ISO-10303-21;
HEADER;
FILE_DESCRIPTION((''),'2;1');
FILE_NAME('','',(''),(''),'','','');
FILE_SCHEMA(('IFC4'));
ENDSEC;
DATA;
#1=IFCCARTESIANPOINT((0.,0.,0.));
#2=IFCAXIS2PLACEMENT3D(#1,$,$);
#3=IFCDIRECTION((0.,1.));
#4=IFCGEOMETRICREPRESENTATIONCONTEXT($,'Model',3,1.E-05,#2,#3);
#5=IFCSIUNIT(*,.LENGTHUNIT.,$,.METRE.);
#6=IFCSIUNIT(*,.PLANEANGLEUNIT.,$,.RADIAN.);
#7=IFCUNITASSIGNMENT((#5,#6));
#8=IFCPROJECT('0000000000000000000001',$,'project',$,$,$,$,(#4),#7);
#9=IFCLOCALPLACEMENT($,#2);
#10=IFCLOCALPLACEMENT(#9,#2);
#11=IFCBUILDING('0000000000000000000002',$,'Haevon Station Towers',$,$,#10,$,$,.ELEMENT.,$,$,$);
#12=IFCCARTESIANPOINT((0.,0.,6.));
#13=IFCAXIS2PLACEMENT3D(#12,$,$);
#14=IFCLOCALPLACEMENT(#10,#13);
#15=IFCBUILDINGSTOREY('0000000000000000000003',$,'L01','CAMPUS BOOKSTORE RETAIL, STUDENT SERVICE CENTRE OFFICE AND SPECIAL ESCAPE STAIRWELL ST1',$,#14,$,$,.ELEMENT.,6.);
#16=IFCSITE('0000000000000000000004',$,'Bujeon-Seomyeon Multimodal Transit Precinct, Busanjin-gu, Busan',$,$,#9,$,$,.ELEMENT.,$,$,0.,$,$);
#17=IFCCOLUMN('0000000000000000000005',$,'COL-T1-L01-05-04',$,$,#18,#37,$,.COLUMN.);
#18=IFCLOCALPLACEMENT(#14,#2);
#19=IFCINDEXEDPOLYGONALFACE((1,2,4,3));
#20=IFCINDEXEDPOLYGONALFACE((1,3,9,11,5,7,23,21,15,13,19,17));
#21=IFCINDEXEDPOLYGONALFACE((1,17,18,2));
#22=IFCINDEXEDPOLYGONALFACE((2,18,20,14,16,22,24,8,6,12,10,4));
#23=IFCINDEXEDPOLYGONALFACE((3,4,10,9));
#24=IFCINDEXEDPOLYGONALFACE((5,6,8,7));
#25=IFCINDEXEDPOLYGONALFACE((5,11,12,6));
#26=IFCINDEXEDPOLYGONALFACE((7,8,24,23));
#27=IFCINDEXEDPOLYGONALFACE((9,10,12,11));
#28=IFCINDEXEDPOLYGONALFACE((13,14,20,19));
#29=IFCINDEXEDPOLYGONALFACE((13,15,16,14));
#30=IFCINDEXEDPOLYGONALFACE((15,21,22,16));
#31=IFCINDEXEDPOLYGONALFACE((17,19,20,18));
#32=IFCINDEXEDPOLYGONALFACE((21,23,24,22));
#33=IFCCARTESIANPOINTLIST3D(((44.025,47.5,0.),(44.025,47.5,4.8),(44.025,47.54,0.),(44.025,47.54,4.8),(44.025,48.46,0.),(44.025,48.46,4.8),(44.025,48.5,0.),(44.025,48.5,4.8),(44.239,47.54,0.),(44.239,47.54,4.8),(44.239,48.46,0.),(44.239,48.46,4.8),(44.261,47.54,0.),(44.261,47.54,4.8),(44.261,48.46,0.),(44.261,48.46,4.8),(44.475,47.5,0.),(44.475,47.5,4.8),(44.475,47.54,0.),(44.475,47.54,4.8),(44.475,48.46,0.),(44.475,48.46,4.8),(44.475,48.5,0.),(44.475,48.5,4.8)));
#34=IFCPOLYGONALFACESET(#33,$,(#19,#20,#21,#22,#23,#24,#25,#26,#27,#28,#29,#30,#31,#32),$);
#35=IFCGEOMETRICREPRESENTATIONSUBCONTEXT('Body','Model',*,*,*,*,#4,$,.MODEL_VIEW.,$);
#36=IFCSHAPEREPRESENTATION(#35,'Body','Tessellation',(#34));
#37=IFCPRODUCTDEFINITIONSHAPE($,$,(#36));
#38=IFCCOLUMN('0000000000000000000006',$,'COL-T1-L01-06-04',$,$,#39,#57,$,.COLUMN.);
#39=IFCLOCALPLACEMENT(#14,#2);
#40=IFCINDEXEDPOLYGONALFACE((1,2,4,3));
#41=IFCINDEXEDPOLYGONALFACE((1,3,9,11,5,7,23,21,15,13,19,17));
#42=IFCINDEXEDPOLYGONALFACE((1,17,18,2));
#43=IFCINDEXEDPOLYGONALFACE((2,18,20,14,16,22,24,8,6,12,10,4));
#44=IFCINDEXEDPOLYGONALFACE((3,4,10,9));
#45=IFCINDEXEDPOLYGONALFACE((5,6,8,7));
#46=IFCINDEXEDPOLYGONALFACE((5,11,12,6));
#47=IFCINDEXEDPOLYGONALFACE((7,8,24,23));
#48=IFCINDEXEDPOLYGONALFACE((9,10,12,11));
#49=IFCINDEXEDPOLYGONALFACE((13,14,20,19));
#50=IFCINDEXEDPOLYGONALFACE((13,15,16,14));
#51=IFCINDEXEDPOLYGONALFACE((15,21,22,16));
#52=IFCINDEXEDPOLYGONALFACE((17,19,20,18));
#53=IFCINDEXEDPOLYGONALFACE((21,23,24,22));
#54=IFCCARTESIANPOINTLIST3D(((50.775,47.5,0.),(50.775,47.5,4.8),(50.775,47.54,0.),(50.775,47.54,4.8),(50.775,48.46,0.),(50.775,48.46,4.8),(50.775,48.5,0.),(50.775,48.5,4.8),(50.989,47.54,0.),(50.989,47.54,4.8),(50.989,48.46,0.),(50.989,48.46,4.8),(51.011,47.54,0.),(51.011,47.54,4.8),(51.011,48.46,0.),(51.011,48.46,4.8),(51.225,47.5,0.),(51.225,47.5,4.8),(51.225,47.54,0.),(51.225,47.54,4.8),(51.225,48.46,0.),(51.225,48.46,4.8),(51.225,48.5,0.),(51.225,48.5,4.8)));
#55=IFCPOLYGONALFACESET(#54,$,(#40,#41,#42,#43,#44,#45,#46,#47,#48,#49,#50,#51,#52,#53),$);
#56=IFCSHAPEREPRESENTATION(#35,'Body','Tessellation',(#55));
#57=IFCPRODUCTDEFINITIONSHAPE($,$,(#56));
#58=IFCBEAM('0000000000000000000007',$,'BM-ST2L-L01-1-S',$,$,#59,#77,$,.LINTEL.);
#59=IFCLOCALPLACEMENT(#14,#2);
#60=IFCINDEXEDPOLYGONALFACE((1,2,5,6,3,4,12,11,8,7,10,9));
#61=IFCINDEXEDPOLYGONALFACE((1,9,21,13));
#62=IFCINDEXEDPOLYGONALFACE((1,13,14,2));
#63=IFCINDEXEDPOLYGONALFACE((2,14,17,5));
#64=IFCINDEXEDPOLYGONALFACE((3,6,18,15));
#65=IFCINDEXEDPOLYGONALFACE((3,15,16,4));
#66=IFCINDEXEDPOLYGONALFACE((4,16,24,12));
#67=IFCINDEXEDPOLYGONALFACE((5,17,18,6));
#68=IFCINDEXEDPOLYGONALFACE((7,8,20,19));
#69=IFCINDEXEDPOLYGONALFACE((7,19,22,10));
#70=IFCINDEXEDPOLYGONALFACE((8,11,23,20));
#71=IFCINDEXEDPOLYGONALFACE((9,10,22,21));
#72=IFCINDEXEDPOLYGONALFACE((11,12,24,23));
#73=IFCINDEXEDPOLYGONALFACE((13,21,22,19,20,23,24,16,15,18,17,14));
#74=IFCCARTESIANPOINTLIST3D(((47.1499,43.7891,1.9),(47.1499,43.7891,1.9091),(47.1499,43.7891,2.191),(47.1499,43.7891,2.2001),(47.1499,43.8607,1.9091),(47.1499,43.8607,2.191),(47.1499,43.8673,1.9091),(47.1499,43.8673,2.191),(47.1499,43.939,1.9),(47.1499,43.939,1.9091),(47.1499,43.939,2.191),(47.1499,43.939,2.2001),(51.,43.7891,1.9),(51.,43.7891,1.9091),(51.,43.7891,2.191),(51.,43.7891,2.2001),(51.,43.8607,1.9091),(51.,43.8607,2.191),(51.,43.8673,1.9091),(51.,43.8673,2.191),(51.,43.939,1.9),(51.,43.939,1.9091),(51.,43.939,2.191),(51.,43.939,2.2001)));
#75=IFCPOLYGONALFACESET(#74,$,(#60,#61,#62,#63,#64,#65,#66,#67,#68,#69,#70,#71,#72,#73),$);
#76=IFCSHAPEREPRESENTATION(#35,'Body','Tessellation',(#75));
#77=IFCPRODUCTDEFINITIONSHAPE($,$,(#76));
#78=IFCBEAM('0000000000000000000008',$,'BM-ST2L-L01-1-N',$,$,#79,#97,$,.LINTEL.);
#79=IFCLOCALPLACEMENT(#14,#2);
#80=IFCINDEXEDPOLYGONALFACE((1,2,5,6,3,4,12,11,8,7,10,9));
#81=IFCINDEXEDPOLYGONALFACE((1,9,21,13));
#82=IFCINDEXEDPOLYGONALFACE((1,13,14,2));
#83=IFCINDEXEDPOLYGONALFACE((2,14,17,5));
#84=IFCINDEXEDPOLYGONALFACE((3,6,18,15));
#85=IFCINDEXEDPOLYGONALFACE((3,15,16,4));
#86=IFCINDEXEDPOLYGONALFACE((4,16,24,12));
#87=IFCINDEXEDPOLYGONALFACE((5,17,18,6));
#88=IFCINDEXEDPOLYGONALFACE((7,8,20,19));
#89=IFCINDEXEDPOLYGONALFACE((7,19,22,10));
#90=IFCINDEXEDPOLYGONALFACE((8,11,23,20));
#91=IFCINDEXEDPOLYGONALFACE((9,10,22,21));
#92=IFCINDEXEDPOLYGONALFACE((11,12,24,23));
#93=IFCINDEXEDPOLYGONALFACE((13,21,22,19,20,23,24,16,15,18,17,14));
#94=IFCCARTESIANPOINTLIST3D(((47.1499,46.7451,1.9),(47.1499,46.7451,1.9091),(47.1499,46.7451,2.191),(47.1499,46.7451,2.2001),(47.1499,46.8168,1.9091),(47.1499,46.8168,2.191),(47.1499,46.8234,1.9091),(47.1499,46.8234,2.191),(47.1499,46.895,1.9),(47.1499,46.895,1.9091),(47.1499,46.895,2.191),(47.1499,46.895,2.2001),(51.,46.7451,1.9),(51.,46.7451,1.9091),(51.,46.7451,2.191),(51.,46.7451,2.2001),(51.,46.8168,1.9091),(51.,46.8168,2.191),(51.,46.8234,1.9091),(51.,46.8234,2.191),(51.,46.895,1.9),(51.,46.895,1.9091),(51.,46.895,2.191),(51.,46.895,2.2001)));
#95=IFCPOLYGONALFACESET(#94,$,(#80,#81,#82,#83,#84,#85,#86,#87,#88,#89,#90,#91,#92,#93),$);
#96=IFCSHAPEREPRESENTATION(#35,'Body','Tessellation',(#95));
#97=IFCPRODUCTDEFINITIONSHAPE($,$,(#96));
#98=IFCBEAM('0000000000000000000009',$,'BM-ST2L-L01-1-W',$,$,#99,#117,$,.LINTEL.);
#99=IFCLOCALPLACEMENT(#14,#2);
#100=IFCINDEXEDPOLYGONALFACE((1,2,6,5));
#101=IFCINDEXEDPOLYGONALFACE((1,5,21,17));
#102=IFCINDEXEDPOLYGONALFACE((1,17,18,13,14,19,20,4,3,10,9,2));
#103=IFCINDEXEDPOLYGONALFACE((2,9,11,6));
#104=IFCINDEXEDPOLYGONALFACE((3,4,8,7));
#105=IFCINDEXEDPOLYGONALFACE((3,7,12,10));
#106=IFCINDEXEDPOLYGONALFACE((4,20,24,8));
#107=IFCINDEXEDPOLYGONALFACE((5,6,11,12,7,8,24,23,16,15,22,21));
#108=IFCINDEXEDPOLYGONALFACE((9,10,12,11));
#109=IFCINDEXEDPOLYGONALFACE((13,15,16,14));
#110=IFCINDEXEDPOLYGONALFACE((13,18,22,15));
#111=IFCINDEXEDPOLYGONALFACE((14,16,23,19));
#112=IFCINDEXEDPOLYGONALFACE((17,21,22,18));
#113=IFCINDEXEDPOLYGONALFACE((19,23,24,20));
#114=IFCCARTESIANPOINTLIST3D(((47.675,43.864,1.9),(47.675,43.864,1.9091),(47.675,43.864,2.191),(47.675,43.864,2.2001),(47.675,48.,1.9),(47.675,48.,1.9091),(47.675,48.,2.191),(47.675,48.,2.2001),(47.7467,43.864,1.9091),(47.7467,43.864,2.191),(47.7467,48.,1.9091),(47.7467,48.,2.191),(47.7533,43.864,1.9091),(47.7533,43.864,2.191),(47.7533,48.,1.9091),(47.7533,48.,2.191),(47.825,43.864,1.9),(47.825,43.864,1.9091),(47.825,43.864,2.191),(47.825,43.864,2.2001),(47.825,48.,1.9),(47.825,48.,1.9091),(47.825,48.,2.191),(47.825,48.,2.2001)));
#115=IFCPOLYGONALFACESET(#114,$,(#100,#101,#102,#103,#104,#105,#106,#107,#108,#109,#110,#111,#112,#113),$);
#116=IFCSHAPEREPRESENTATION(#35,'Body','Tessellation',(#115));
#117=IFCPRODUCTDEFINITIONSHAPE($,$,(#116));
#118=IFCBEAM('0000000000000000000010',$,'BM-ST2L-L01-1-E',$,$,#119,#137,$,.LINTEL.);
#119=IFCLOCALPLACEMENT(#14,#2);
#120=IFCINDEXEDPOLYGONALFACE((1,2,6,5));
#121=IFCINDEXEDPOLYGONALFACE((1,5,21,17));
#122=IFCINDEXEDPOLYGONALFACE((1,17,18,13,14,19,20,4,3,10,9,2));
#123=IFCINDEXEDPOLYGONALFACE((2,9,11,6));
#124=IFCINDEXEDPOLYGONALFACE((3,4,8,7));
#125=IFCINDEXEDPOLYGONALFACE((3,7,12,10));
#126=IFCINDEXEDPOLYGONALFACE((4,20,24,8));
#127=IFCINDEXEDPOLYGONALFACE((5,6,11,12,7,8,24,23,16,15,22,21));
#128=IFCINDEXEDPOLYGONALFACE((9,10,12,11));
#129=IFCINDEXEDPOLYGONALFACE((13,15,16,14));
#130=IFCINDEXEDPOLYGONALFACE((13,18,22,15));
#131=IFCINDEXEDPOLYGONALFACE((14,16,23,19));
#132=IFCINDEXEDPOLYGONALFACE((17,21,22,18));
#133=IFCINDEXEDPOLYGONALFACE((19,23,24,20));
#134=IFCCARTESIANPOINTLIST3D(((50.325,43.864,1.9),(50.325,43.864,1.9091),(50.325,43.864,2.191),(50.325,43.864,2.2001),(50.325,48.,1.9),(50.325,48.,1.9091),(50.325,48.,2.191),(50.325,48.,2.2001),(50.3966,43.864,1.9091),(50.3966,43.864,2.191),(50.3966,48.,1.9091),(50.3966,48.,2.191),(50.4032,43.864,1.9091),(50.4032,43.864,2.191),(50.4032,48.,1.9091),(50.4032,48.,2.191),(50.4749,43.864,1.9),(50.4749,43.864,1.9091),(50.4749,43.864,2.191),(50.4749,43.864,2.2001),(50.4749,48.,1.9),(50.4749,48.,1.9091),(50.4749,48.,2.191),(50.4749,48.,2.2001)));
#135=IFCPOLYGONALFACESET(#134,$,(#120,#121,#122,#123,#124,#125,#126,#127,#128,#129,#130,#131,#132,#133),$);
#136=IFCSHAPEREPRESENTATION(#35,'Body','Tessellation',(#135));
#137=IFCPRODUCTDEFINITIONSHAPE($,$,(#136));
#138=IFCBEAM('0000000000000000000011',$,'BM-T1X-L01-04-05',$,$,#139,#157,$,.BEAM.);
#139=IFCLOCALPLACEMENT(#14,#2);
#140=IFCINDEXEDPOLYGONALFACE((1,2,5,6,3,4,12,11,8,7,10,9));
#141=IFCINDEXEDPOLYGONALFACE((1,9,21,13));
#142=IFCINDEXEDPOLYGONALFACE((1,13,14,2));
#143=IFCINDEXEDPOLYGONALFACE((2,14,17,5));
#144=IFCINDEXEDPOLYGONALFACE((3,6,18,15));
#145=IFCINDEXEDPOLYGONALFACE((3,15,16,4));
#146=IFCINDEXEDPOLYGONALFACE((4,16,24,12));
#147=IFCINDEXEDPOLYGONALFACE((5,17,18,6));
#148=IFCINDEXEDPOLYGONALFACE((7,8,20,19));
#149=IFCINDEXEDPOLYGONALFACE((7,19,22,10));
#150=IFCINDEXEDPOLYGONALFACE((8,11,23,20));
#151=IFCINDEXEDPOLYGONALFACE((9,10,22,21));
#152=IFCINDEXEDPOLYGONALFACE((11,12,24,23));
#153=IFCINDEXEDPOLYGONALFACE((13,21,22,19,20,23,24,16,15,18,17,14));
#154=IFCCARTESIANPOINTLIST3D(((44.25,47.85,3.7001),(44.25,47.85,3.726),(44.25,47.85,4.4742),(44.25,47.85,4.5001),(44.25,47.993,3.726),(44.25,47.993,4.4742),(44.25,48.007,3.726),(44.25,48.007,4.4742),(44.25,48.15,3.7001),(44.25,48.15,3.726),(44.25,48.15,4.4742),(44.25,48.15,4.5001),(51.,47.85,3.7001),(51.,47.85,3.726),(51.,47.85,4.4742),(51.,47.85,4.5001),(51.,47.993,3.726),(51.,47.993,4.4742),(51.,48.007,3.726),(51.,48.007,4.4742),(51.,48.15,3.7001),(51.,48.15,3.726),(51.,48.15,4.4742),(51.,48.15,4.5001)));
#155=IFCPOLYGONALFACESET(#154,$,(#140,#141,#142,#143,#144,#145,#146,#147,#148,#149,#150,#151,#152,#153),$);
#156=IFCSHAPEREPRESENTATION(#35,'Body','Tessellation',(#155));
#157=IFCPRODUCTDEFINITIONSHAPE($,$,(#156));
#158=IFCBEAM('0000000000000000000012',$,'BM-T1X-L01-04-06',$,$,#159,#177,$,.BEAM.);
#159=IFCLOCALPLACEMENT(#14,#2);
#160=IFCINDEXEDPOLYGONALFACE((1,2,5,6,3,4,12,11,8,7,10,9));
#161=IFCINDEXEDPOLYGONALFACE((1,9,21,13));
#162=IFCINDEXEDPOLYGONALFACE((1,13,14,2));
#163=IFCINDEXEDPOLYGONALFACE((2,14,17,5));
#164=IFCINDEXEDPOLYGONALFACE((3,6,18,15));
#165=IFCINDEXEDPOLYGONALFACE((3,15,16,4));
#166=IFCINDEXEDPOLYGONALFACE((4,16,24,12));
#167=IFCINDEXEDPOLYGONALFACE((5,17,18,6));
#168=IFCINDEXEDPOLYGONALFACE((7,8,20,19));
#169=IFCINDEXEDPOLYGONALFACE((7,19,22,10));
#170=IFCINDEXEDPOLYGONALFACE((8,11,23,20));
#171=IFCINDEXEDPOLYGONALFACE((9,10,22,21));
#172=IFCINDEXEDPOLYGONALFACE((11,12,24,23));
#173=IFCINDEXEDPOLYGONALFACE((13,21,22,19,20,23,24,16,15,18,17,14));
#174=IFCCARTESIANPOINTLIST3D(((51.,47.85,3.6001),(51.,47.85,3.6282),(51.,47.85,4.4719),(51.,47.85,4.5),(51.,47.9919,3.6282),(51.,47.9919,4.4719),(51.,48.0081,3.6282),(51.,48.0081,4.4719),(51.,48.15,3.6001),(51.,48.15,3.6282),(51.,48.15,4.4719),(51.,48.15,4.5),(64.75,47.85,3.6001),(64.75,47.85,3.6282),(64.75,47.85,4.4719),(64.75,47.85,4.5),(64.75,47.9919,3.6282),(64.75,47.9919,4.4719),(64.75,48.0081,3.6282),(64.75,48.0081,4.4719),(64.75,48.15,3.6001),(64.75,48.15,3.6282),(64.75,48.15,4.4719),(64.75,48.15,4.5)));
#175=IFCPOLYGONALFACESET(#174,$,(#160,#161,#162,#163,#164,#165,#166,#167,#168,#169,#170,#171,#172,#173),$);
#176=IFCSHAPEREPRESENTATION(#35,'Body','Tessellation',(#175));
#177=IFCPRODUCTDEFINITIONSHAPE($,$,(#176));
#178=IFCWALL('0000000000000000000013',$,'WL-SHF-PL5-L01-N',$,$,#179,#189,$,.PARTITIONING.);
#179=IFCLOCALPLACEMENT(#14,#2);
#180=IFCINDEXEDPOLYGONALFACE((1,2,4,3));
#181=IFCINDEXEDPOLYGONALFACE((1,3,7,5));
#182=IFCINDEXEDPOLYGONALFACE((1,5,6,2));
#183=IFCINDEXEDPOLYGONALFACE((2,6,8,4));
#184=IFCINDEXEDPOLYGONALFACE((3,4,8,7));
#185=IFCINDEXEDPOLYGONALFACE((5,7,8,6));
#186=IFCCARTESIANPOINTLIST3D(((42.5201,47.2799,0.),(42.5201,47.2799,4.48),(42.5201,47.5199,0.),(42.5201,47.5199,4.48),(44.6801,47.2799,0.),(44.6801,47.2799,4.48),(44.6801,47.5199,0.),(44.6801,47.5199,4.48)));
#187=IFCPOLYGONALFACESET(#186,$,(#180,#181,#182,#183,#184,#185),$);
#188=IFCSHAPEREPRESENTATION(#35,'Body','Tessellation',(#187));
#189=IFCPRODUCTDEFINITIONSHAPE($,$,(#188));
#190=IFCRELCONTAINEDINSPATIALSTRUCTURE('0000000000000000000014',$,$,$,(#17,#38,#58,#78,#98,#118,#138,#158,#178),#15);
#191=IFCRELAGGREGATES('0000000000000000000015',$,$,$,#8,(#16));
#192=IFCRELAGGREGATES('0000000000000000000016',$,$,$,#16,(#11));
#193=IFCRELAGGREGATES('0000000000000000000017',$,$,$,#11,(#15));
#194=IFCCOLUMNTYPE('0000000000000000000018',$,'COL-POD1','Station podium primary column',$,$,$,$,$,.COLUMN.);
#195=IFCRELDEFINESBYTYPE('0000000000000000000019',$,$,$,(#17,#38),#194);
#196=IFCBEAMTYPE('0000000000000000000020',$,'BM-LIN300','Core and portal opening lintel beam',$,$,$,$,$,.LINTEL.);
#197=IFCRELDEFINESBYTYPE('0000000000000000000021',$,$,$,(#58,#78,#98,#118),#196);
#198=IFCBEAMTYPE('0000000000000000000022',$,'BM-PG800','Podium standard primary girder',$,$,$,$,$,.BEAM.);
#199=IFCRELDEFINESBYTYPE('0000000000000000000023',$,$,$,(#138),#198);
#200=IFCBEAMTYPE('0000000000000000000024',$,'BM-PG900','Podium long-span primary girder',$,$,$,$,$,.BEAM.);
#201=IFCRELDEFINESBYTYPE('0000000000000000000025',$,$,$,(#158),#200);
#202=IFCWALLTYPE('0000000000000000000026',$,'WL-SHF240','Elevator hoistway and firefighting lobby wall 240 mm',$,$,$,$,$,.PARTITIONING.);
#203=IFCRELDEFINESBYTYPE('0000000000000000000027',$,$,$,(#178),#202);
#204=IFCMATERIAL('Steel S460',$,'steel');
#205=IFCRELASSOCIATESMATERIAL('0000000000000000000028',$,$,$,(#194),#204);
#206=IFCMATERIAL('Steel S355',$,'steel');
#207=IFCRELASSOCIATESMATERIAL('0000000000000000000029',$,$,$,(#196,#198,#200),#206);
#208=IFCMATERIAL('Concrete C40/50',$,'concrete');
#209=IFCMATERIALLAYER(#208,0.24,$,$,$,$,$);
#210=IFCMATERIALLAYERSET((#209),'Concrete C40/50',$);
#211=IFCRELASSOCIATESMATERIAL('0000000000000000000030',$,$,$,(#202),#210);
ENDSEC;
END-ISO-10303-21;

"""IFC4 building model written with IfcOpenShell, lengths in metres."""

from ifc_helpers import new_model, si_unit, direction, frame, frame_2d, origin, origin_2d, place, context, subcontext, project, spatial, rectangle, i_section, extrude, material, layer, layer_set, material_profile, profile_set, type_object, element, save


model = new_model("IFC4")

# Units and contexts
model_context = context("Model", 3, precision=1e-05, world=origin(), true_north=direction((0.0, 1.0)))
body_context = subcontext(model_context, "Body", "Model", "MODEL_VIEW")
ifc_project = project(units=[si_unit("LENGTHUNIT", "METRE"), si_unit("PLANEANGLEUNIT", "RADIAN")], contexts=[model_context])

# Site, building, storey
site_placement = place(None, origin())
site = spatial("IfcSite", under=ifc_project, at=site_placement, Name="Bujeon-Seomyeon Multimodal Transit Precinct, Busanjin-gu, Busan", CompositionType="ELEMENT", RefElevation=0.0)
building_placement = place(site_placement, origin())
building = spatial("IfcBuilding", under=site, at=building_placement, Name="Haevon Station Towers", CompositionType="ELEMENT")
storey_placement = place(building_placement, frame((0.0, 0.0, 6.0)))
storey = spatial("IfcBuildingStorey", under=building, at=storey_placement, Name="L01", Description="CAMPUS BOOKSTORE RETAIL, STUDENT SERVICE CENTRE OFFICE AND SPECIAL ESCAPE STAIRWELL ST1", CompositionType="ELEMENT", Elevation=6.0)

# Columns
ifc_material_1 = material(Name="Steel S460", Category="steel")
ifc_material_profile_1 = material_profile(ifc_material_1, i_section(OverallWidth=0.45, OverallDepth=1.0, WebThickness=0.022, FlangeThickness=0.04, at=origin_2d()), Name="H-1000x450x22x40")
ifc_profile_set_1 = profile_set([ifc_material_profile_1], Name="Steel S460")
column_type = type_object("IfcColumnType", Name="COL-POD1", Description="Station podium primary column", PredefinedType="COLUMN", material=ifc_profile_set_1)
for number, where, z_axis, x_axis, name in (
    (1, (44.25, 48.0, 0.0), (0.0, 0.0, 1.0), (1.0, 0.0, 0.0), "COL-T1-L01-05-04"),
    (2, (51.0, 48.0, 0.0), (0.0, 0.0, 1.0), (1.0, 0.0, 0.0), "COL-T1-L01-06-04"),
):
    element("IfcColumn", number, at=place(storey_placement, frame(where, z_axis=z_axis, x_axis=x_axis)), inside=storey, type_object=column_type, Name=name, PredefinedType="COLUMN", context=body_context, shape_type="SweptSolid", body=[
        extrude(i_section(OverallWidth=0.45, OverallDepth=1.0, WebThickness=0.022, FlangeThickness=0.04, at=origin_2d()), origin(), (0.0, 0.0, 1.0), 4.8),
    ])

# Beams
ifc_material_2 = material(Name="Steel S355", Category="steel")
ifc_material_profile_2 = material_profile(ifc_material_2, i_section(OverallWidth=0.1499, OverallDepth=0.3, WebThickness=0.0066, FlangeThickness=0.009, at=origin_2d()), Name="H-300x150x6.5x9")
ifc_profile_set_2 = profile_set([ifc_material_profile_2], Name="Steel S355")
beam_type_1 = type_object("IfcBeamType", Name="BM-LIN300", Description="Core and portal opening lintel beam", PredefinedType="LINTEL", material=ifc_profile_set_2)
for number, where, z_axis, x_axis, name in (
    (3, (47.1499, 43.864, 2.05), (1.0, 0.0, 0.0), (0.0, 1.0, 0.0), "BM-ST2L-L01-1-S"),
    (4, (47.1499, 46.8201, 2.05), (1.0, 0.0, 0.0), (0.0, 1.0, 0.0), "BM-ST2L-L01-1-N"),
):
    element("IfcBeam", number, at=place(storey_placement, frame(where, z_axis=z_axis, x_axis=x_axis)), inside=storey, type_object=beam_type_1, Name=name, PredefinedType="LINTEL", context=body_context, shape_type="SweptSolid", body=[
        extrude(i_section(OverallWidth=0.1499, OverallDepth=0.3, WebThickness=0.0066, FlangeThickness=0.009, at=origin_2d()), origin(), (0.0, 0.0, 1.0), 3.8501),
    ])
for number, where, z_axis, x_axis, name in (
    (5, (47.75, 43.864, 2.05), (0.0, 1.0, 0.0), (-1.0, 0.0, 0.0), "BM-ST2L-L01-1-W"),
    (6, (50.3999, 43.864, 2.05), (0.0, 1.0, 0.0), (-1.0, 0.0, 0.0), "BM-ST2L-L01-1-E"),
):
    element("IfcBeam", number, at=place(storey_placement, frame(where, z_axis=z_axis, x_axis=x_axis)), inside=storey, type_object=beam_type_1, Name=name, PredefinedType="LINTEL", context=body_context, shape_type="SweptSolid", body=[
        extrude(i_section(OverallWidth=0.1499, OverallDepth=0.3, WebThickness=0.0066, FlangeThickness=0.009, at=origin_2d()), origin(), (0.0, 0.0, 1.0), 4.136),
    ])
ifc_material_profile_3 = material_profile(ifc_material_2, i_section(OverallWidth=0.3, OverallDepth=0.8, WebThickness=0.0139, FlangeThickness=0.0259, at=origin_2d()), Name="H-800x300x14x26")
ifc_profile_set_3 = profile_set([ifc_material_profile_3], Name="Steel S355")
beam_type_2 = type_object("IfcBeamType", Name="BM-PG800", Description="Podium standard primary girder", PredefinedType="BEAM", material=ifc_profile_set_3)
beam_1_placement = place(storey_placement, frame((44.25, 48.0, 4.1001), z_axis=(1.0, 0.0, 0.0), x_axis=(0.0, 1.0, 0.0)))
element("IfcBeam", 7, at=beam_1_placement, inside=storey, type_object=beam_type_2, Name="BM-T1X-L01-04-05", PredefinedType="BEAM", context=body_context, shape_type="SweptSolid", body=[
    extrude(i_section(OverallWidth=0.3, OverallDepth=0.8, WebThickness=0.0139, FlangeThickness=0.0259, at=origin_2d()), origin(), (0.0, 0.0, 1.0), 6.75),
])
ifc_material_profile_4 = material_profile(ifc_material_2, i_section(OverallWidth=0.3, OverallDepth=0.8999, WebThickness=0.0161, FlangeThickness=0.0281, at=origin_2d()), Name="H-900x300x16x28")
ifc_profile_set_4 = profile_set([ifc_material_profile_4], Name="Steel S355")
beam_type_3 = type_object("IfcBeamType", Name="BM-PG900", Description="Podium long-span primary girder", PredefinedType="BEAM", material=ifc_profile_set_4)
beam_2_placement = place(storey_placement, frame((51.0, 48.0, 4.05), z_axis=(1.0, 0.0, 0.0), x_axis=(0.0, 1.0, 0.0)))
element("IfcBeam", 8, at=beam_2_placement, inside=storey, type_object=beam_type_3, Name="BM-T1X-L01-04-06", PredefinedType="BEAM", context=body_context, shape_type="SweptSolid", body=[
    extrude(i_section(OverallWidth=0.3, OverallDepth=0.8999, WebThickness=0.0161, FlangeThickness=0.0281, at=origin_2d()), origin(), (0.0, 0.0, 1.0), 13.75),
])

# Wall
ifc_material_3 = material(Name="Concrete C40/50", Category="concrete")
ifc_layer = layer(ifc_material_3, 0.24)
ifc_layer_set = layer_set([ifc_layer], Name="Concrete C40/50")
wall_type = type_object("IfcWallType", Name="WL-SHF240", Description="Elevator hoistway and firefighting lobby wall 240 mm", PredefinedType="PARTITIONING", material=ifc_layer_set)
wall_placement = place(storey_placement, frame((42.52, 47.3999, 0.0), z_axis=(0.0, 0.0, 1.0), x_axis=(1.0, 0.0, 0.0)))
element("IfcWall", 9, at=wall_placement, inside=storey, type_object=wall_type, Name="WL-SHF-PL5-L01-N", PredefinedType="PARTITIONING", context=body_context, shape_type="SweptSolid", body=[
    extrude(rectangle(XDim=2.1599, YDim=0.24, at=frame_2d((1.0801, 0.0))), origin(), (0.0, 0.0, 1.0), 4.48),
])

save(model, "model.ifc")
